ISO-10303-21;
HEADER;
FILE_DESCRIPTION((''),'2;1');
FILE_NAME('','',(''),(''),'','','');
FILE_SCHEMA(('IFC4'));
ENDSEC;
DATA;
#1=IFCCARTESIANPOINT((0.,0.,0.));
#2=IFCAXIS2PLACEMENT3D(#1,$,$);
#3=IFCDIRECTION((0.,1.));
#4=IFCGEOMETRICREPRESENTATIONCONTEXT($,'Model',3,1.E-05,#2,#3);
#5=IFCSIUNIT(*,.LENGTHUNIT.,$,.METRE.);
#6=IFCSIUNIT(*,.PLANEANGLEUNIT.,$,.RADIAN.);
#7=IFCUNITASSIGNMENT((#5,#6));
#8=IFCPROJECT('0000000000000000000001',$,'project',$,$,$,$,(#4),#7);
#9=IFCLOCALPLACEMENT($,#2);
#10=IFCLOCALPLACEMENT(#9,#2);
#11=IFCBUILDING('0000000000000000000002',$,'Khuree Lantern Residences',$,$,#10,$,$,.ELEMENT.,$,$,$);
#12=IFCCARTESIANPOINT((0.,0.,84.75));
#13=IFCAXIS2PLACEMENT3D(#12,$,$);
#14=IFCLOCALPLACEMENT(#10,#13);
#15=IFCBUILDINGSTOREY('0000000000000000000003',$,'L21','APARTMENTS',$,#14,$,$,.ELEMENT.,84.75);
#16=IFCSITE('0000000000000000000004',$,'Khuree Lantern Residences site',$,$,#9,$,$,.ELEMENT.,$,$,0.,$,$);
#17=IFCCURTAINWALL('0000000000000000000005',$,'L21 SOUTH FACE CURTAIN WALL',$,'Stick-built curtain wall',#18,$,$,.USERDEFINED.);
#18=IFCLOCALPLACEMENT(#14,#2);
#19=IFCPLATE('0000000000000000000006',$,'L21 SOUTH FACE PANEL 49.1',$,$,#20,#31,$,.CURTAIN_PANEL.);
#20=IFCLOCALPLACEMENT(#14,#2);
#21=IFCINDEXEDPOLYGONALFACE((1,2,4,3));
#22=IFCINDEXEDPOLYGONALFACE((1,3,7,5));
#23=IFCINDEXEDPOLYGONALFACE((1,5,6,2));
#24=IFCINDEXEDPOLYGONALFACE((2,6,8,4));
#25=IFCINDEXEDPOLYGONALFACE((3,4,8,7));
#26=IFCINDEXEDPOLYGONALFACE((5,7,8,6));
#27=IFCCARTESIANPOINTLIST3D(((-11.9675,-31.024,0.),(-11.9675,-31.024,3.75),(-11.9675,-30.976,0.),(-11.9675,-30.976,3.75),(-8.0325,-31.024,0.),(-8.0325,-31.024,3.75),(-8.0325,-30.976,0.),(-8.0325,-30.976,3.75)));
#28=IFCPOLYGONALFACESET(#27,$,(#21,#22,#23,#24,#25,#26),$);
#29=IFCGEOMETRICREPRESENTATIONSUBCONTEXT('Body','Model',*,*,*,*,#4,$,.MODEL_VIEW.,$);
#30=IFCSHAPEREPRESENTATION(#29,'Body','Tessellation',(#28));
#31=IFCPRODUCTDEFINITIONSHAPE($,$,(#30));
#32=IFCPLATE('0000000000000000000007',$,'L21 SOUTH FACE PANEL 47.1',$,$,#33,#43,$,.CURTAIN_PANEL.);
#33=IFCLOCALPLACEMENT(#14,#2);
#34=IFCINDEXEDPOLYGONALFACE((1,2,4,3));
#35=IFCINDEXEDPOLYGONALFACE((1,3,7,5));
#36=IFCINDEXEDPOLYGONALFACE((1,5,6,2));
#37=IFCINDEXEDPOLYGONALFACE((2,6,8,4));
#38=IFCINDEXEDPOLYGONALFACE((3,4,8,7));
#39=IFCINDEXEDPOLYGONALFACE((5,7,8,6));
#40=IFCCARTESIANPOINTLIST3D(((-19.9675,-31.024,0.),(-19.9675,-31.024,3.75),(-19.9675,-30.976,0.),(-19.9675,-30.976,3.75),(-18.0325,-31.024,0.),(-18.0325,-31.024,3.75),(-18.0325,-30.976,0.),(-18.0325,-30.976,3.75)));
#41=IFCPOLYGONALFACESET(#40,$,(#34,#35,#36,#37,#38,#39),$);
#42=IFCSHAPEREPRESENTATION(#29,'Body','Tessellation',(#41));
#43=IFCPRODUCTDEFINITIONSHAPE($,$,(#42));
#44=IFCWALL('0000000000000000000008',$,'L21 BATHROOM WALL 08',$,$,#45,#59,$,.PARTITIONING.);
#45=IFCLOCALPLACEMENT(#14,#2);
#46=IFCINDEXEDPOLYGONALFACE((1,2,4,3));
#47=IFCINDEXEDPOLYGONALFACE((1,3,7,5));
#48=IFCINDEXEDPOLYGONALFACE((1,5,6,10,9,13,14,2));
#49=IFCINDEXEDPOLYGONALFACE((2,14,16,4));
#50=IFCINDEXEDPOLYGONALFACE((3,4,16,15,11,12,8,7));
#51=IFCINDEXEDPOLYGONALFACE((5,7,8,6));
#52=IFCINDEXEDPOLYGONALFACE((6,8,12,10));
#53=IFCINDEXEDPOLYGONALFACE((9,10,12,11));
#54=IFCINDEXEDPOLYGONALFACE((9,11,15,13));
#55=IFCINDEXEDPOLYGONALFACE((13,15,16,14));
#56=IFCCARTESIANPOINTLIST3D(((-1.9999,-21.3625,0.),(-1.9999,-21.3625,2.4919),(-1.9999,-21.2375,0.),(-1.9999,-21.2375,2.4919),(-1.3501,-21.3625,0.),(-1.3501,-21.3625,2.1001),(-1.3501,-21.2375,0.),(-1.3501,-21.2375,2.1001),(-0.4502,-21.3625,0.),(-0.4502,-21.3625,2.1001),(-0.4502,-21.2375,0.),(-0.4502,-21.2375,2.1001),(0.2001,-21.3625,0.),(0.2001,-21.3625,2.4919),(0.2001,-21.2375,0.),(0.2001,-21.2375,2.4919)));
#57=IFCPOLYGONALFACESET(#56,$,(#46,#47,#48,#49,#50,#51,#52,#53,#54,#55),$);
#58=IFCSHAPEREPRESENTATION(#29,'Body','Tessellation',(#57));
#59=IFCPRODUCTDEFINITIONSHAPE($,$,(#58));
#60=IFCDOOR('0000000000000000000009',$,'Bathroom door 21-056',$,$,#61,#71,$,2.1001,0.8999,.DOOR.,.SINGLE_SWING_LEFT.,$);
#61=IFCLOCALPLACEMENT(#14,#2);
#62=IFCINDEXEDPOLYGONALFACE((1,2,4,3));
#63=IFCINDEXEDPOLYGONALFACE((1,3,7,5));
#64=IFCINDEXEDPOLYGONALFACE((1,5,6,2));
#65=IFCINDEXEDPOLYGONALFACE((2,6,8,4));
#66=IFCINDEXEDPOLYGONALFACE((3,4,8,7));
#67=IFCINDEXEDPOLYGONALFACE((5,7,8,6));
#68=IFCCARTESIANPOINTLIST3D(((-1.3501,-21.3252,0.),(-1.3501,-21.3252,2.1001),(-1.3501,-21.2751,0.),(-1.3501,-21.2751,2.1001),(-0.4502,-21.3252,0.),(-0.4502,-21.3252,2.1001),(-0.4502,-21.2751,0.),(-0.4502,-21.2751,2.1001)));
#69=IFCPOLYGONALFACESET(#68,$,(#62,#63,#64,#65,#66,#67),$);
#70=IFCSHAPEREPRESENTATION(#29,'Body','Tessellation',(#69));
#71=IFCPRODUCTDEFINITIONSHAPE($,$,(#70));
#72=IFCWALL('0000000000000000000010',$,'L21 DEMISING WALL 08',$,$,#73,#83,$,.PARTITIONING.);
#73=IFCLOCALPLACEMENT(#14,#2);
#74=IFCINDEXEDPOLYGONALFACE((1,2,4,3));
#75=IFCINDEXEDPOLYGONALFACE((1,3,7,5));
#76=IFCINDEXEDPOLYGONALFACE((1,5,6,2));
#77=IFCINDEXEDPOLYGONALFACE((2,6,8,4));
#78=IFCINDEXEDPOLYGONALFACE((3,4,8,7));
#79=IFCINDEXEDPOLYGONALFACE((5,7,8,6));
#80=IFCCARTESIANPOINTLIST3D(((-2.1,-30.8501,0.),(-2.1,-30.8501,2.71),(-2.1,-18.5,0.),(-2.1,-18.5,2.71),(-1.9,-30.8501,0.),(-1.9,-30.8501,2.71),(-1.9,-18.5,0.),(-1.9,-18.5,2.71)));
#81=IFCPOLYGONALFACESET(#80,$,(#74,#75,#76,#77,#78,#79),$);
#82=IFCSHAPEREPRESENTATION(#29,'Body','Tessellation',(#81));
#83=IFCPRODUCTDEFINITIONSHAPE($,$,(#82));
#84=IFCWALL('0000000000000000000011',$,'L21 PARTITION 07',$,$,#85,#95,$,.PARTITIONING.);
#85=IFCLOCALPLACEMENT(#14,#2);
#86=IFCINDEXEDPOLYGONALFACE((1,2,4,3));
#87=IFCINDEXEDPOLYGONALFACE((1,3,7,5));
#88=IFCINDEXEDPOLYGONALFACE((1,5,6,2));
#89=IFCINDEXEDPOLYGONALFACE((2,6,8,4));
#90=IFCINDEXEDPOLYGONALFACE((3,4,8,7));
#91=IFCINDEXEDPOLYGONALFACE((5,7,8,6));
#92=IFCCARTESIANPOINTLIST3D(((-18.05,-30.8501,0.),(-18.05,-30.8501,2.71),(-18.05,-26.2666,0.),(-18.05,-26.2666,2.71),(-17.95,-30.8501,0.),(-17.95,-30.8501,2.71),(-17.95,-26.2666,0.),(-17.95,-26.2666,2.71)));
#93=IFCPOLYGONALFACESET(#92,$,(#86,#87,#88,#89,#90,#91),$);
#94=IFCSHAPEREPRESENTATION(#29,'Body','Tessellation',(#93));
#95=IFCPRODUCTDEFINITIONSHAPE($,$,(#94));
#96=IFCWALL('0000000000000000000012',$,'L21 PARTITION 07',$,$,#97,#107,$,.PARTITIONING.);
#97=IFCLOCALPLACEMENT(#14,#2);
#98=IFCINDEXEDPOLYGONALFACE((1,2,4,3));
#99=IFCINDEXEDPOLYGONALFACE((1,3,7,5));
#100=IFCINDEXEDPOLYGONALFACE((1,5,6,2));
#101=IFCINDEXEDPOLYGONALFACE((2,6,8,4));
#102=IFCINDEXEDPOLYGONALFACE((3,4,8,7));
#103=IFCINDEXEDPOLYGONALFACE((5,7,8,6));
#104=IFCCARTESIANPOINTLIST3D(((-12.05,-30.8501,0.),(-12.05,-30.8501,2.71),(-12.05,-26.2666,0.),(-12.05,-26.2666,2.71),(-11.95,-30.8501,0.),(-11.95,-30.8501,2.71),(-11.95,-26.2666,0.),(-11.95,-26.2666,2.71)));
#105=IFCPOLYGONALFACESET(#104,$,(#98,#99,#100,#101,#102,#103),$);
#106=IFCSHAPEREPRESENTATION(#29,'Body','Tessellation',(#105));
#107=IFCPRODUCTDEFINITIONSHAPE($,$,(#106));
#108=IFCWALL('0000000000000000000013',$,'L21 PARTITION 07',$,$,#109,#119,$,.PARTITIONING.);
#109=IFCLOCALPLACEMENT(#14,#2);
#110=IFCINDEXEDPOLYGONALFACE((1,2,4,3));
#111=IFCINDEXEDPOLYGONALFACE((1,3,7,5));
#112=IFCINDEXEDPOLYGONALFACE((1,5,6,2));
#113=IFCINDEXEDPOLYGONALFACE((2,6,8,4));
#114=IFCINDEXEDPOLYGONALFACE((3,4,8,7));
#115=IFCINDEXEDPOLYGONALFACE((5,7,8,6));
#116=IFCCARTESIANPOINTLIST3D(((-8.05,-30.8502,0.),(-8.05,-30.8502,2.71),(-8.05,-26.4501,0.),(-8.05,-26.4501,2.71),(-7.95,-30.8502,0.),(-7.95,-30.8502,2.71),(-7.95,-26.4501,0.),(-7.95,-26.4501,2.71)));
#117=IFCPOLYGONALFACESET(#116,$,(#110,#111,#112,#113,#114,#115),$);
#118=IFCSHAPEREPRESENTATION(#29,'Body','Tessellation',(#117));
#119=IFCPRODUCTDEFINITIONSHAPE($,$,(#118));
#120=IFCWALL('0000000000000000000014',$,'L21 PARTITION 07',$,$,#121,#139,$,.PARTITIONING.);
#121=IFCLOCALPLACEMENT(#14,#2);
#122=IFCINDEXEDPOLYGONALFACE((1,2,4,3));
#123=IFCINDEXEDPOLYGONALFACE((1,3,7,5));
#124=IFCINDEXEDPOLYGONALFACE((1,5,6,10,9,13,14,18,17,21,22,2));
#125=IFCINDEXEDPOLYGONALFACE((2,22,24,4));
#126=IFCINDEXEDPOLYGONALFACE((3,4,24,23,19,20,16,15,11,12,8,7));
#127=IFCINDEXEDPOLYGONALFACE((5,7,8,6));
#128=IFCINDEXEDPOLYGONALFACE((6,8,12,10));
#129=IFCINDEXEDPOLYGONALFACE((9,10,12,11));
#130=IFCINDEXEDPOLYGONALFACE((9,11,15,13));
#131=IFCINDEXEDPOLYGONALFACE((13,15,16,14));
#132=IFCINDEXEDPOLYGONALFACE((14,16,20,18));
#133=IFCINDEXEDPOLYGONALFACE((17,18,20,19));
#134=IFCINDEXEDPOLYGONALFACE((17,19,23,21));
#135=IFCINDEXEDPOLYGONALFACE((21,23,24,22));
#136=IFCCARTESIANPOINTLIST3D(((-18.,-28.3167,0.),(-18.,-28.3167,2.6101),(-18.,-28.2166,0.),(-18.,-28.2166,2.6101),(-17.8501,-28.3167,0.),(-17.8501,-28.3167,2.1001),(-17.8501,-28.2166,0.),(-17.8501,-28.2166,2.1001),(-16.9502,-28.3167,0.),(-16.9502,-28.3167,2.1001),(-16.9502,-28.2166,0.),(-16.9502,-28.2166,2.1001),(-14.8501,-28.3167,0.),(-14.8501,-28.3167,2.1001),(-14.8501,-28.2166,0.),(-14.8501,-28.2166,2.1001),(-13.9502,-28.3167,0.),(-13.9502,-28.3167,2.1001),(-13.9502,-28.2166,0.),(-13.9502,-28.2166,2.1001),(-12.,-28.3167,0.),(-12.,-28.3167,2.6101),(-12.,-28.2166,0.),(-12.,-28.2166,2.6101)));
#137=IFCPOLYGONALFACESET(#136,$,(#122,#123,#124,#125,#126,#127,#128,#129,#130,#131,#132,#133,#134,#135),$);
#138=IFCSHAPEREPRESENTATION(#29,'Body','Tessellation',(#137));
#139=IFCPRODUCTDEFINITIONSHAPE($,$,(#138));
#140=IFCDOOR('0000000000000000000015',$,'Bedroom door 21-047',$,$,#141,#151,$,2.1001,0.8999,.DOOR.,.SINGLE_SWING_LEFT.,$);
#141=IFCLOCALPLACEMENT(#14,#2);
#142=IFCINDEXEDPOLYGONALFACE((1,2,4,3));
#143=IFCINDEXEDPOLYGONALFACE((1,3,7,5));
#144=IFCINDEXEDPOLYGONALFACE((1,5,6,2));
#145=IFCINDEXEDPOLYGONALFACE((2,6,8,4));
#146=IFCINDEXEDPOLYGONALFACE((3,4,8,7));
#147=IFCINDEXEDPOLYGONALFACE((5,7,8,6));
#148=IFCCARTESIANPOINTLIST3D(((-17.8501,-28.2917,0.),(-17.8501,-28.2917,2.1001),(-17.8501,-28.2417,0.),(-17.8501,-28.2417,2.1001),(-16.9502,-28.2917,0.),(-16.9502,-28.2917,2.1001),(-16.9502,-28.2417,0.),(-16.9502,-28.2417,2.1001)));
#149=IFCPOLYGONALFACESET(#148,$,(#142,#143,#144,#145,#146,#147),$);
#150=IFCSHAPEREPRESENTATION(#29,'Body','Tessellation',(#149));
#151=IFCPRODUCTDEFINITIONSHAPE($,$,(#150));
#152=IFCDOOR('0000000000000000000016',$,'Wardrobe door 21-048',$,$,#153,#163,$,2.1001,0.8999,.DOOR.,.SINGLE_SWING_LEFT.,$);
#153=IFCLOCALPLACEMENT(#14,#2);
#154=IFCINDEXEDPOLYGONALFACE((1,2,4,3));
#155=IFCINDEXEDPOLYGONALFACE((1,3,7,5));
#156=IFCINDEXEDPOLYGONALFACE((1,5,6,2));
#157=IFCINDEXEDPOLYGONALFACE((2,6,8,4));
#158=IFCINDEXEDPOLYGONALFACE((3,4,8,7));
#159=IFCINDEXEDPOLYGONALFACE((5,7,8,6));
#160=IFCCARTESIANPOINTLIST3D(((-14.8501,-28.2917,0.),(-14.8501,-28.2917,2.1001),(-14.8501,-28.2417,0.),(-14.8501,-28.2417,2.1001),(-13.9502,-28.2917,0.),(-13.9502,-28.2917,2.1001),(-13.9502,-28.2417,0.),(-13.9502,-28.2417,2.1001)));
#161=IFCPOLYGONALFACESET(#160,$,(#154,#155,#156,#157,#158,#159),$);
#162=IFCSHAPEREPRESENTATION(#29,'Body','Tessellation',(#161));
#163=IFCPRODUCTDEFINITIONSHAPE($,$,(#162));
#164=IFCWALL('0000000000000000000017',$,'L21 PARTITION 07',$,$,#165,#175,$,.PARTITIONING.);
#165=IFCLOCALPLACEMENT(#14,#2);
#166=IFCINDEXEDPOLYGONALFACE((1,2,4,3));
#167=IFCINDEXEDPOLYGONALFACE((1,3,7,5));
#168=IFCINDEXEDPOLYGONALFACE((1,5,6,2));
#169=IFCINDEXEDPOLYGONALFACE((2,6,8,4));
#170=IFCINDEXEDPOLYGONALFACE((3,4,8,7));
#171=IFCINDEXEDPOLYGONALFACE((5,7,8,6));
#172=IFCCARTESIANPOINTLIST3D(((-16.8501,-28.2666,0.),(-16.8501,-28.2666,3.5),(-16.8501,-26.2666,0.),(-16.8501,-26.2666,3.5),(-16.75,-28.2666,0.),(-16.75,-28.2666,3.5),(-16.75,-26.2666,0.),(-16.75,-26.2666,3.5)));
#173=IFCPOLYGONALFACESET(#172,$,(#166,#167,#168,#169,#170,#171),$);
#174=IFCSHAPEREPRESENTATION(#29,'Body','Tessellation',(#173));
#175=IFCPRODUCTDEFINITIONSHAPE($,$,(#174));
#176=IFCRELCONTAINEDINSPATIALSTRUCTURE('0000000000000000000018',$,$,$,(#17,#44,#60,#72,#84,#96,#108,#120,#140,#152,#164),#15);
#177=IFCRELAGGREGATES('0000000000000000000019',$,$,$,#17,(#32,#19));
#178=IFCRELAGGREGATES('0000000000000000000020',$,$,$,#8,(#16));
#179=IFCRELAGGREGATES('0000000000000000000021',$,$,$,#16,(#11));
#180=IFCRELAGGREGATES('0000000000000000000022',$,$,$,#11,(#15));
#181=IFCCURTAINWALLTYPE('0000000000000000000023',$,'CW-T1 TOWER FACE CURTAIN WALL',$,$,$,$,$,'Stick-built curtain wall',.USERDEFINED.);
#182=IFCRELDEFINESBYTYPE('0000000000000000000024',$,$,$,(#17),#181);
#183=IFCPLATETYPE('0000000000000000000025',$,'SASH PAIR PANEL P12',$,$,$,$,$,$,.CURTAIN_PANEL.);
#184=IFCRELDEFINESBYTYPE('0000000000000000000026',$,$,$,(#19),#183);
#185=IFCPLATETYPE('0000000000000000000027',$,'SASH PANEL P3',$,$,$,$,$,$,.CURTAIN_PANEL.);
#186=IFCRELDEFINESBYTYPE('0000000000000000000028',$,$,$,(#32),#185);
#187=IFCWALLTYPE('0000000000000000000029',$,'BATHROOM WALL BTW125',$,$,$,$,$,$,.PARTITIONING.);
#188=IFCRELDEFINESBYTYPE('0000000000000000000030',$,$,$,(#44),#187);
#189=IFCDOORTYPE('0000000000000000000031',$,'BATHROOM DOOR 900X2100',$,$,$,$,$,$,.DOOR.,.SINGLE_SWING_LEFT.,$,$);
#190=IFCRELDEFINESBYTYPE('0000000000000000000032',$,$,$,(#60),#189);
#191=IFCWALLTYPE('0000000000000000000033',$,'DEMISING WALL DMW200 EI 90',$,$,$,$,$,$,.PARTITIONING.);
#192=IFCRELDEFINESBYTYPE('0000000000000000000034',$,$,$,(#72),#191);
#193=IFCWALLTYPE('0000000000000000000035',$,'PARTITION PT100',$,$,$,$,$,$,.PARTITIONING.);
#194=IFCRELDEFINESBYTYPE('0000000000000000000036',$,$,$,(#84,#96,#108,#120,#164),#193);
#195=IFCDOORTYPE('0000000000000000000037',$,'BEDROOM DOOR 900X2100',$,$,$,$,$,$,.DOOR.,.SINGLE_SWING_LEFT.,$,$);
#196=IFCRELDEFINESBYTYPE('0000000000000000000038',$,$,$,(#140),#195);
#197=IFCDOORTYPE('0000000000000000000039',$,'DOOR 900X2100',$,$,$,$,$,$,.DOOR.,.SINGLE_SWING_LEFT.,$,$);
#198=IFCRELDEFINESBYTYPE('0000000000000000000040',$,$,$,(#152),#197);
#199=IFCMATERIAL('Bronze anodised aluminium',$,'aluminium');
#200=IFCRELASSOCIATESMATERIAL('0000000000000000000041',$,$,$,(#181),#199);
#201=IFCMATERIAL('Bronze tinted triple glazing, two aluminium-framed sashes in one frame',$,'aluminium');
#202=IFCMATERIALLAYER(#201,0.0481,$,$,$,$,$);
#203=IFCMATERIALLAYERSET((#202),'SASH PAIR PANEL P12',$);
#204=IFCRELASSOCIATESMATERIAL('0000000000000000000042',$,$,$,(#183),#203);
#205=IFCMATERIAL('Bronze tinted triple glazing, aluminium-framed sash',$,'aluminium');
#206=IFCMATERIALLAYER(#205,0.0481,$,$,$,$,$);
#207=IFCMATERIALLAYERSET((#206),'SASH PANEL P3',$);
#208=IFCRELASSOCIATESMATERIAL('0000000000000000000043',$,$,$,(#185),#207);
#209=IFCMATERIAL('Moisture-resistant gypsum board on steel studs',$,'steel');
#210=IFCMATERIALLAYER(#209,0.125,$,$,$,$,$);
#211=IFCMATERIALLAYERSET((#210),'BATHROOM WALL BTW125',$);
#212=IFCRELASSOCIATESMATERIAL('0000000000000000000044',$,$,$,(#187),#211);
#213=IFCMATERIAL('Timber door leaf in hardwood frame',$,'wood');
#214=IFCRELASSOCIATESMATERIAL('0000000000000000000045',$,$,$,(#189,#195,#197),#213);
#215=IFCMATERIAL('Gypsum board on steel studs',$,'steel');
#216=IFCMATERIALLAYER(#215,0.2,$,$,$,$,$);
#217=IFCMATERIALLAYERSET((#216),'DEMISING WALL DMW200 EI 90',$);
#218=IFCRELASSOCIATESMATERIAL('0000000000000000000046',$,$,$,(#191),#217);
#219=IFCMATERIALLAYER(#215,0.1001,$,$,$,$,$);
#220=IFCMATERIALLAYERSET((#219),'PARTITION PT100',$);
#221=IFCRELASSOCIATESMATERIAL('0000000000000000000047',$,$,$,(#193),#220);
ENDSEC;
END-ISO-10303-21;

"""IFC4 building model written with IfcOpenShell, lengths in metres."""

from ifc_helpers import new_model, si_unit, direction, frame, frame_2d, origin, origin_2d, place, context, subcontext, project, spatial, rectangle, extrude, material, layer, layer_set, type_object, element, fill, aggregate, save


model = new_model("IFC4")

# Units and contexts
model_context = context("Model", 3, precision=1e-05, world=origin(), true_north=direction((0.0, 1.0)))
body_context = subcontext(model_context, "Body", "Model", "MODEL_VIEW")
ifc_project = project(units=[si_unit("LENGTHUNIT", "METRE"), si_unit("PLANEANGLEUNIT", "RADIAN")], contexts=[model_context])

# Site, building, storey
site_placement = place(None, origin())
site = spatial("IfcSite", under=ifc_project, at=site_placement, Name="Khuree Lantern Residences site", CompositionType="ELEMENT", RefElevation=0.0)
building_placement = place(site_placement, origin())
building = spatial("IfcBuilding", under=site, at=building_placement, Name="Khuree Lantern Residences", CompositionType="ELEMENT")
storey_placement = place(building_placement, frame((0.0, 0.0, 84.75)))
storey = spatial("IfcBuildingStorey", under=building, at=storey_placement, Name="L21", Description="APARTMENTS", CompositionType="ELEMENT", Elevation=84.75)

# Curtain wall
ifc_material_1 = material(Name="Bronze anodised aluminium", Category="aluminium")
curtain_wall_type = type_object("IfcCurtainWallType", Name="CW-T1 TOWER FACE CURTAIN WALL", ElementType="Stick-built curtain wall", PredefinedType="USERDEFINED", material=ifc_material_1)
curtain_wall_placement = place(storey_placement, origin())
curtain_wall = element("IfcCurtainWall", 1, at=curtain_wall_placement, inside=storey, type_object=curtain_wall_type, Name="L21 SOUTH FACE CURTAIN WALL", ObjectType="Stick-built curtain wall", PredefinedType="USERDEFINED")

# Plates
ifc_material_2 = material(Name="Bronze tinted triple glazing, two aluminium-framed sashes in one frame", Category="aluminium")
ifc_layer_1 = layer(ifc_material_2, 0.0481)
ifc_layer_set_1 = layer_set([ifc_layer_1], Name="SASH PAIR PANEL P12")
plate_type_1 = type_object("IfcPlateType", Name="SASH PAIR PANEL P12", PredefinedType="CURTAIN_PANEL", material=ifc_layer_set_1)
plate_1_placement = place(storey_placement, frame((-10.0, -31.0, 0.0), z_axis=(0.0, 0.0, 1.0), x_axis=(1.0, 0.0, 0.0)))
plate_1 = element("IfcPlate", 2, at=plate_1_placement, type_object=plate_type_1, Name="L21 SOUTH FACE PANEL 49.1", PredefinedType="CURTAIN_PANEL", context=body_context, shape_type="SweptSolid", body=[
    extrude(rectangle(XDim=3.9351, YDim=0.0481, at=origin_2d()), origin(), (0.0, 0.0, 1.0), 3.75),
])
ifc_material_3 = material(Name="Bronze tinted triple glazing, aluminium-framed sash", Category="aluminium")
ifc_layer_2 = layer(ifc_material_3, 0.0481)
ifc_layer_set_2 = layer_set([ifc_layer_2], Name="SASH PANEL P3")
plate_type_2 = type_object("IfcPlateType", Name="SASH PANEL P3", PredefinedType="CURTAIN_PANEL", material=ifc_layer_set_2)
plate_2_placement = place(storey_placement, frame((-19.0, -31.0, 0.0), z_axis=(0.0, 0.0, 1.0), x_axis=(1.0, 0.0, 0.0)))
plate_2 = element("IfcPlate", 3, at=plate_2_placement, type_object=plate_type_2, Name="L21 SOUTH FACE PANEL 47.1", PredefinedType="CURTAIN_PANEL", context=body_context, shape_type="SweptSolid", body=[
    extrude(rectangle(XDim=1.9351, YDim=0.0481, at=origin_2d()), origin(), (0.0, 0.0, 1.0), 3.75),
])
aggregate(curtain_wall, [plate_2, plate_1])

# Wall, opening, door
ifc_material_4 = material(Name="Moisture-resistant gypsum board on steel studs", Category="steel")
ifc_layer_3 = layer(ifc_material_4, 0.125)
ifc_layer_set_3 = layer_set([ifc_layer_3], Name="BATHROOM WALL BTW125")
wall_type_1 = type_object("IfcWallType", Name="BATHROOM WALL BTW125", PredefinedType="PARTITIONING", material=ifc_layer_set_3)
wall_1_placement = place(storey_placement, frame((-2.0, -21.3, 0.0), z_axis=(0.0, 0.0, 1.0), x_axis=(1.0, 0.0, 0.0)))
wall_1 = element("IfcWall", 4, at=wall_1_placement, inside=storey, type_object=wall_type_1, Name="L21 BATHROOM WALL 08", PredefinedType="PARTITIONING", context=body_context, shape_type="SweptSolid", body=[
    extrude(rectangle(XDim=2.2, YDim=0.125, at=frame_2d((1.1001, 0.0))), origin(), (0.0, 0.0, 1.0), 2.4919),
])
opening_1_placement = place(wall_1_placement, frame((0.6499, 0.0, 0.0)))
opening_1 = element("IfcOpeningElement", 5, at=opening_1_placement, cuts=wall_1, PredefinedType="OPENING", context=body_context, shape_type="SweptSolid", body=[
    extrude(rectangle(XDim=0.8999, YDim=2.1001, at=frame_2d((0.45, 1.05))), frame((0.0, 0.0725, 0.0), z_axis=(0.0, -1.0, 0.0), x_axis=(1.0, 0.0, 0.0)), (0.0, 0.0, 1.0), 0.145),
])
ifc_material_5 = material(Name="Timber door leaf in hardwood frame", Category="wood")
door_type_1 = type_object("IfcDoorType", Name="BATHROOM DOOR 900X2100", OperationType="SINGLE_SWING_LEFT", PredefinedType="DOOR", material=ifc_material_5)
door_1_placement = place(opening_1_placement, origin())
door_1 = element("IfcDoor", 6, at=door_1_placement, inside=storey, type_object=door_type_1, Name="Bathroom door 21-056", OperationType="SINGLE_SWING_LEFT", OverallHeight=2.1001, OverallWidth=0.8999, PredefinedType="DOOR", context=body_context, shape_type="SweptSolid", body=[
    extrude(rectangle(XDim=0.8999, YDim=2.1001, at=frame_2d((0.45, 1.05))), frame((0.0, 0.0249, 0.0), z_axis=(0.0, -1.0, 0.0), x_axis=(1.0, 0.0, 0.0)), (0.0, 0.0, 1.0), 0.05),
])
fill(opening_1, door_1)

# Walls
ifc_material_6 = material(Name="Gypsum board on steel studs", Category="steel")
ifc_layer_4 = layer(ifc_material_6, 0.2)
ifc_layer_set_4 = layer_set([ifc_layer_4], Name="DEMISING WALL DMW200 EI 90")
wall_type_2 = type_object("IfcWallType", Name="DEMISING WALL DMW200 EI 90", PredefinedType="PARTITIONING", material=ifc_layer_set_4)
wall_2_placement = place(storey_placement, frame((-2.0, -18.5, 0.0), z_axis=(0.0, 0.0, 1.0), x_axis=(0.0, -1.0, 0.0)))
element("IfcWall", 7, at=wall_2_placement, inside=storey, type_object=wall_type_2, Name="L21 DEMISING WALL 08", PredefinedType="PARTITIONING", context=body_context, shape_type="SweptSolid", body=[
    extrude(rectangle(XDim=12.3501, YDim=0.2, at=frame_2d((6.175, 0.0))), origin(), (0.0, 0.0, 1.0), 2.71),
])
ifc_layer_5 = layer(ifc_material_6, 0.1001)
ifc_layer_set_5 = layer_set([ifc_layer_5], Name="PARTITION PT100")
wall_type_3 = type_object("IfcWallType", Name="PARTITION PT100", PredefinedType="PARTITIONING", material=ifc_layer_set_5)
for number, where, z_axis, x_axis, name in (
    (8, (-18.0, -26.2666, 0.0), (0.0, 0.0, 1.0), (0.0, -1.0, 0.0), "L21 PARTITION 07"),
    (9, (-12.0, -26.2666, 0.0), (0.0, 0.0, 1.0), (0.0, -1.0, 0.0), "L21 PARTITION 07"),
):
    element("IfcWall", number, at=place(storey_placement, frame(where, z_axis=z_axis, x_axis=x_axis)), inside=storey, type_object=wall_type_3, Name=name, PredefinedType="PARTITIONING", context=body_context, shape_type="SweptSolid", body=[
        extrude(rectangle(XDim=4.5835, YDim=0.1001, at=frame_2d((2.2917, 0.0))), origin(), (0.0, 0.0, 1.0), 2.71),
    ])
wall_3_placement = place(storey_placement, frame((-8.0, -26.45, 0.0), z_axis=(0.0, 0.0, 1.0), x_axis=(0.0, -1.0, 0.0)))
element("IfcWall", 10, at=wall_3_placement, inside=storey, type_object=wall_type_3, Name="L21 PARTITION 07", PredefinedType="PARTITIONING", context=body_context, shape_type="SweptSolid", body=[
    extrude(rectangle(XDim=4.4001, YDim=0.1001, at=frame_2d((2.2002, 0.0))), origin(), (0.0, 0.0, 1.0), 2.71),
])

# Wall, openings, doors
wall_4_placement = place(storey_placement, frame((-18.0, -28.2666, 0.0), z_axis=(0.0, 0.0, 1.0), x_axis=(1.0, 0.0, 0.0)))
wall_4 = element("IfcWall", 11, at=wall_4_placement, inside=storey, type_object=wall_type_3, Name="L21 PARTITION 07", PredefinedType="PARTITIONING", context=body_context, shape_type="SweptSolid", body=[
    extrude(rectangle(XDim=6.0, YDim=0.1001, at=frame_2d((3.0, 0.0))), origin(), (0.0, 0.0, 1.0), 2.6101),
])
opening_2_placement = place(wall_4_placement, frame((0.1499, 0.0, 0.0)))
opening_2 = element("IfcOpeningElement", 12, at=opening_2_placement, cuts=wall_4, PredefinedType="OPENING", context=body_context, shape_type="SweptSolid", body=[
    extrude(rectangle(XDim=0.8999, YDim=2.1001, at=frame_2d((0.45, 1.05))), frame((0.0, 0.0601, 0.0), z_axis=(0.0, -1.0, 0.0), x_axis=(1.0, 0.0, 0.0)), (0.0, 0.0, 1.0), 0.1201),
])
opening_3_placement = place(wall_4_placement, frame((3.1499, 0.0, 0.0)))
opening_3 = element("IfcOpeningElement", 13, at=opening_3_placement, cuts=wall_4, PredefinedType="OPENING", context=body_context, shape_type="SweptSolid", body=[
    extrude(rectangle(XDim=0.8999, YDim=2.1001, at=frame_2d((0.45, 1.05))), frame((0.0, 0.0601, 0.0), z_axis=(0.0, -1.0, 0.0), x_axis=(1.0, 0.0, 0.0)), (0.0, 0.0, 1.0), 0.1201),
])
door_type_2 = type_object("IfcDoorType", Name="BEDROOM DOOR 900X2100", OperationType="SINGLE_SWING_LEFT", PredefinedType="DOOR", material=ifc_material_5)
door_2_placement = place(opening_2_placement, origin())
door_2 = element("IfcDoor", 14, at=door_2_placement, inside=storey, type_object=door_type_2, Name="Bedroom door 21-047", OperationType="SINGLE_SWING_LEFT", OverallHeight=2.1001, OverallWidth=0.8999, PredefinedType="DOOR", context=body_context, shape_type="SweptSolid", body=[
    extrude(rectangle(XDim=0.8999, YDim=2.1001, at=frame_2d((0.45, 1.05))), frame((0.0, 0.0249, 0.0), z_axis=(0.0, -1.0, 0.0), x_axis=(1.0, 0.0, 0.0)), (0.0, 0.0, 1.0), 0.05),
])
fill(opening_2, door_2)
door_type_3 = type_object("IfcDoorType", Name="DOOR 900X2100", OperationType="SINGLE_SWING_LEFT", PredefinedType="DOOR", material=ifc_material_5)
door_3_placement = place(opening_3_placement, origin())
door_3 = element("IfcDoor", 15, at=door_3_placement, inside=storey, type_object=door_type_3, Name="Wardrobe door 21-048", OperationType="SINGLE_SWING_LEFT", OverallHeight=2.1001, OverallWidth=0.8999, PredefinedType="DOOR", context=body_context, shape_type="SweptSolid", body=[
    extrude(rectangle(XDim=0.8999, YDim=2.1001, at=frame_2d((0.45, 1.05))), frame((0.0, 0.0249, 0.0), z_axis=(0.0, -1.0, 0.0), x_axis=(1.0, 0.0, 0.0)), (0.0, 0.0, 1.0), 0.05),
])
fill(opening_3, door_3)

# Wall
wall_5_placement = place(storey_placement, frame((-16.8, -26.2666, 0.0), z_axis=(0.0, 0.0, 1.0), x_axis=(0.0, -1.0, 0.0)))
element("IfcWall", 16, at=wall_5_placement, inside=storey, type_object=wall_type_3, Name="L21 PARTITION 07", PredefinedType="PARTITIONING", context=body_context, shape_type="SweptSolid", body=[
    extrude(rectangle(XDim=2.0, YDim=0.1001, at=frame_2d((1.0, 0.0))), origin(), (0.0, 0.0, 1.0), 3.5),
])

save(model, "model.ifc")
